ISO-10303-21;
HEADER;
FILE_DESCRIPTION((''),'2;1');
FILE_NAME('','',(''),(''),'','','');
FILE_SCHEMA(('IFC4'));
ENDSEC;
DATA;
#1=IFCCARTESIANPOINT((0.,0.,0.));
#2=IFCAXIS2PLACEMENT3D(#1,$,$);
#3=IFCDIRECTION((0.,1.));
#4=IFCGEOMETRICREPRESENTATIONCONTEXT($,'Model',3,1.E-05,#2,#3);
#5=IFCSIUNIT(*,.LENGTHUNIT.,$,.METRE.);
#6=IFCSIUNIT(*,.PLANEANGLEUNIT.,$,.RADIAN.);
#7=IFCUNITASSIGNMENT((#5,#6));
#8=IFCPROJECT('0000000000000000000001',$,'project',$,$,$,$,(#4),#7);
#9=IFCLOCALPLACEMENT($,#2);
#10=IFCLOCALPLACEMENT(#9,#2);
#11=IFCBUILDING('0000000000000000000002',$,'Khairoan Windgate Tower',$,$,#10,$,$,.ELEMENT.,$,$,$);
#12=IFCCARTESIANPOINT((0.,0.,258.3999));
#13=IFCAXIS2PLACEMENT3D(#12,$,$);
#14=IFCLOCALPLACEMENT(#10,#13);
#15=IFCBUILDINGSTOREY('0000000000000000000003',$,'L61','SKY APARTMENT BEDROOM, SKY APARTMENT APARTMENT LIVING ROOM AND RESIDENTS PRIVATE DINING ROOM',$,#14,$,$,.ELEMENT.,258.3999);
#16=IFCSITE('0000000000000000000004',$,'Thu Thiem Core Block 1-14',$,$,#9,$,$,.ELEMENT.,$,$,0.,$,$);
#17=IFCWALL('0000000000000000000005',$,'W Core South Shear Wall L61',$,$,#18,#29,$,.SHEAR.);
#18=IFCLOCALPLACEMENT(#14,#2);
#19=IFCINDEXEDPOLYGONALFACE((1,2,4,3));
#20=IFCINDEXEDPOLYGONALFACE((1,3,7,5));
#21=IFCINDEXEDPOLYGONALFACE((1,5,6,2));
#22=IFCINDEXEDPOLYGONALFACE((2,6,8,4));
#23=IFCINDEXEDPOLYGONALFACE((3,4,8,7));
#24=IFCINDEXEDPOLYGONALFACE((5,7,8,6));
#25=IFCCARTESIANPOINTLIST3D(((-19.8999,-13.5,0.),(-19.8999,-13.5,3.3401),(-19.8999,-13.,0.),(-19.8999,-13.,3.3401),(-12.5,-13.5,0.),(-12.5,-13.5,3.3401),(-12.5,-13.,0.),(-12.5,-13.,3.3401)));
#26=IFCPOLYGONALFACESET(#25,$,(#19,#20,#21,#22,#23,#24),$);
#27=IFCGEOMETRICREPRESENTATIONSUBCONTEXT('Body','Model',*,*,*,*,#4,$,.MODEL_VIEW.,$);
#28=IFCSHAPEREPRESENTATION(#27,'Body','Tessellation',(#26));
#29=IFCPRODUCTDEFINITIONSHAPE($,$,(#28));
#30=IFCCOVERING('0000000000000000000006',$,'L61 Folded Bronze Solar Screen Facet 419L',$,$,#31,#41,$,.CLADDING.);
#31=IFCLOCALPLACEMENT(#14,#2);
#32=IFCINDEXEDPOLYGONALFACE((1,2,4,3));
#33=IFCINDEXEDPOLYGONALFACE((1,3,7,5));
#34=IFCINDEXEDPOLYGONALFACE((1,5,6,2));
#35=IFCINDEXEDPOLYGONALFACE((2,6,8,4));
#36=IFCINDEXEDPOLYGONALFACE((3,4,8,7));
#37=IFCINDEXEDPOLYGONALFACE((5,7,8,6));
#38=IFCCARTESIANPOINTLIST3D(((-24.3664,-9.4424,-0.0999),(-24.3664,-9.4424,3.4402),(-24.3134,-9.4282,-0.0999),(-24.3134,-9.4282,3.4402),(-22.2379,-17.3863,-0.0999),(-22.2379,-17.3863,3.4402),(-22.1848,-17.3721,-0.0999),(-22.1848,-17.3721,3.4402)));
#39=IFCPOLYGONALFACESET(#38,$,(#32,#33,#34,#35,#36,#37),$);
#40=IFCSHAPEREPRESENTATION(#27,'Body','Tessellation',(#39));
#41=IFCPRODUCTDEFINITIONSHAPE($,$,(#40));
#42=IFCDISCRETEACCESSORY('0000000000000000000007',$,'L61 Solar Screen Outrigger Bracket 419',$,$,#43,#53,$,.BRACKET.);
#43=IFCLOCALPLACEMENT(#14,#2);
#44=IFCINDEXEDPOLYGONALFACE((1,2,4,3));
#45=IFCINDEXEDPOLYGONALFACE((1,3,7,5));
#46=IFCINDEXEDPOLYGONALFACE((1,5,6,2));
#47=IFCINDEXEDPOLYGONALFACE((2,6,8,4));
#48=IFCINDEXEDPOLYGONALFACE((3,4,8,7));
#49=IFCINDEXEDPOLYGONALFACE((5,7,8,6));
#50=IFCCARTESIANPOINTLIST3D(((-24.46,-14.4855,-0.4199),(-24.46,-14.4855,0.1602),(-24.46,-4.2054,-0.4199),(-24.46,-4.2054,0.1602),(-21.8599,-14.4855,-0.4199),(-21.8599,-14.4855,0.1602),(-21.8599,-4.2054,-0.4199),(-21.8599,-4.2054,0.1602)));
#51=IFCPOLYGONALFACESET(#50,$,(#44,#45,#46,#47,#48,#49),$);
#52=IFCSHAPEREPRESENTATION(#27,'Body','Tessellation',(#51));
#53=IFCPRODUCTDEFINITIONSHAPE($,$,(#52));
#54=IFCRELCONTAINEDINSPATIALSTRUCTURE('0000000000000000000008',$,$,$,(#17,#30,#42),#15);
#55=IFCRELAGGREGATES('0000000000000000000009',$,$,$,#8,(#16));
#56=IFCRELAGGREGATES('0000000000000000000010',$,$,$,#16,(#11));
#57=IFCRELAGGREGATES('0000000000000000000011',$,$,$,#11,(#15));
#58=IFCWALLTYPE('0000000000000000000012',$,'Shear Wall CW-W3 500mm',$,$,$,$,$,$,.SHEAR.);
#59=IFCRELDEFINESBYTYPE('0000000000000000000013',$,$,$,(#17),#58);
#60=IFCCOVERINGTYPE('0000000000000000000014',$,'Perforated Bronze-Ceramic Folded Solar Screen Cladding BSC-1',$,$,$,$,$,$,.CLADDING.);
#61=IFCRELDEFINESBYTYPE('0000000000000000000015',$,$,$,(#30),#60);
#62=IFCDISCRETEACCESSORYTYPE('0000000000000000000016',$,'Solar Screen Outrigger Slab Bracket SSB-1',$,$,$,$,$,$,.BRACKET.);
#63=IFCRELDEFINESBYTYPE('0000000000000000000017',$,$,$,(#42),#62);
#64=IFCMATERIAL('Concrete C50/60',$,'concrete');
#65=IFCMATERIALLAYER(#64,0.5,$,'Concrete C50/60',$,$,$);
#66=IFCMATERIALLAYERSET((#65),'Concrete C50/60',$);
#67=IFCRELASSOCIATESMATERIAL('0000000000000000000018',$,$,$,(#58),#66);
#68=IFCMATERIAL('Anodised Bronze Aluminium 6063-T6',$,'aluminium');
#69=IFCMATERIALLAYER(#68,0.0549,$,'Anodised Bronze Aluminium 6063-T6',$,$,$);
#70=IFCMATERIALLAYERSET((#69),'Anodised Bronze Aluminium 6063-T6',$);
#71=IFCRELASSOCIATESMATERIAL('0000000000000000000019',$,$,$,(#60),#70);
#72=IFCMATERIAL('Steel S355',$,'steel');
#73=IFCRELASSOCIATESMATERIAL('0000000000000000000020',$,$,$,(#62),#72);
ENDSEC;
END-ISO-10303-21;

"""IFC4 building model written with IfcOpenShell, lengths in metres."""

from ifc_helpers import new_model, si_unit, direction, frame, frame_2d, origin, origin_2d, place, context, subcontext, project, spatial, rectangle, extrude, material, layer, layer_set, type_object, element, save


model = new_model("IFC4")

# Units and contexts
model_context = context("Model", 3, precision=1e-05, world=origin(), true_north=direction((0.0, 1.0)))
body_context = subcontext(model_context, "Body", "Model", "MODEL_VIEW")
ifc_project = project(units=[si_unit("LENGTHUNIT", "METRE"), si_unit("PLANEANGLEUNIT", "RADIAN")], contexts=[model_context])

# Site, building, storey
site_placement = place(None, origin())
site = spatial("IfcSite", under=ifc_project, at=site_placement, Name="Thu Thiem Core Block 1-14", CompositionType="ELEMENT", RefElevation=0.0)
building_placement = place(site_placement, origin())
building = spatial("IfcBuilding", under=site, at=building_placement, Name="Khairoan Windgate Tower", CompositionType="ELEMENT")
storey_placement = place(building_placement, frame((0.0, 0.0, 258.3999)))
storey = spatial("IfcBuildingStorey", under=building, at=storey_placement, Name="L61", Description="SKY APARTMENT BEDROOM, SKY APARTMENT APARTMENT LIVING ROOM AND RESIDENTS PRIVATE DINING ROOM", CompositionType="ELEMENT", Elevation=258.3999)

# Wall
ifc_material_1 = material(Name="Concrete C50/60", Category="concrete")
ifc_layer_1 = layer(ifc_material_1, 0.5, Name="Concrete C50/60")
ifc_layer_set_1 = layer_set([ifc_layer_1], Name="Concrete C50/60")
wall_type_1 = type_object("IfcWallType", Name="Shear Wall CW-W3 500mm", PredefinedType="SHEAR", material=ifc_layer_set_1)
wall_1_placement = place(storey_placement, frame((-19.8999, -13.25, 0.0), z_axis=(0.0, 0.0, 1.0), x_axis=(1.0, 0.0, 0.0)))
element("IfcWall", 1, at=wall_1_placement, inside=storey, type_object=wall_type_1, Name="W Core South Shear Wall L61", PredefinedType="SHEAR", context=body_context, shape_type="SweptSolid", body=[
    extrude(rectangle(XDim=7.3999, YDim=0.5, at=frame_2d((3.7, 0.0))), origin(), (0.0, 0.0, 1.0), 3.3401),
])

# Covering
ifc_material_2 = material(Name="Anodised Bronze Aluminium 6063-T6", Category="aluminium")
ifc_layer_2 = layer(ifc_material_2, 0.0549, Name="Anodised Bronze Aluminium 6063-T6")
ifc_layer_set_2 = layer_set([ifc_layer_2], Name="Anodised Bronze Aluminium 6063-T6")
covering_type = type_object("IfcCoveringType", Name="Perforated Bronze-Ceramic Folded Solar Screen Cladding BSC-1", PredefinedType="CLADDING", material=ifc_layer_set_2)
covering_placement = place(storey_placement, frame((-23.2756, -13.4072, -0.0999), z_axis=(0.0, 0.0, 1.0), x_axis=(-0.258819, 0.965926, 0.0)))
element("IfcCovering", 2, at=covering_placement, inside=storey, type_object=covering_type, Name="L61 Folded Bronze Solar Screen Facet 419L", PredefinedType="CLADDING", context=body_context, shape_type="SweptSolid", body=[
    extrude(rectangle(XDim=8.2241, YDim=0.0549, at=origin_2d()), origin(), (0.0, 0.0, 1.0), 3.54),
])

# Discrete accessory
ifc_material_3 = material(Name="Steel S355", Category="steel")
discrete_accessory_type = type_object("IfcDiscreteAccessoryType", Name="Solar Screen Outrigger Slab Bracket SSB-1", PredefinedType="BRACKET", material=ifc_material_3)
discrete_accessory_placement = place(storey_placement, frame((-23.1599, -9.3455, -0.4199), z_axis=(0.0, 0.0, 1.0), x_axis=(0.0, 1.0, 0.0)))
element("IfcDiscreteAccessory", 3, at=discrete_accessory_placement, inside=storey, type_object=discrete_accessory_type, Name="L61 Solar Screen Outrigger Bracket 419", PredefinedType="BRACKET", context=body_context, shape_type="SweptSolid", body=[
    extrude(rectangle(XDim=10.28, YDim=2.6001, at=origin_2d()), origin(), (0.0, 0.0, 1.0), 0.5801),
])

save(model, "model.ifc")
